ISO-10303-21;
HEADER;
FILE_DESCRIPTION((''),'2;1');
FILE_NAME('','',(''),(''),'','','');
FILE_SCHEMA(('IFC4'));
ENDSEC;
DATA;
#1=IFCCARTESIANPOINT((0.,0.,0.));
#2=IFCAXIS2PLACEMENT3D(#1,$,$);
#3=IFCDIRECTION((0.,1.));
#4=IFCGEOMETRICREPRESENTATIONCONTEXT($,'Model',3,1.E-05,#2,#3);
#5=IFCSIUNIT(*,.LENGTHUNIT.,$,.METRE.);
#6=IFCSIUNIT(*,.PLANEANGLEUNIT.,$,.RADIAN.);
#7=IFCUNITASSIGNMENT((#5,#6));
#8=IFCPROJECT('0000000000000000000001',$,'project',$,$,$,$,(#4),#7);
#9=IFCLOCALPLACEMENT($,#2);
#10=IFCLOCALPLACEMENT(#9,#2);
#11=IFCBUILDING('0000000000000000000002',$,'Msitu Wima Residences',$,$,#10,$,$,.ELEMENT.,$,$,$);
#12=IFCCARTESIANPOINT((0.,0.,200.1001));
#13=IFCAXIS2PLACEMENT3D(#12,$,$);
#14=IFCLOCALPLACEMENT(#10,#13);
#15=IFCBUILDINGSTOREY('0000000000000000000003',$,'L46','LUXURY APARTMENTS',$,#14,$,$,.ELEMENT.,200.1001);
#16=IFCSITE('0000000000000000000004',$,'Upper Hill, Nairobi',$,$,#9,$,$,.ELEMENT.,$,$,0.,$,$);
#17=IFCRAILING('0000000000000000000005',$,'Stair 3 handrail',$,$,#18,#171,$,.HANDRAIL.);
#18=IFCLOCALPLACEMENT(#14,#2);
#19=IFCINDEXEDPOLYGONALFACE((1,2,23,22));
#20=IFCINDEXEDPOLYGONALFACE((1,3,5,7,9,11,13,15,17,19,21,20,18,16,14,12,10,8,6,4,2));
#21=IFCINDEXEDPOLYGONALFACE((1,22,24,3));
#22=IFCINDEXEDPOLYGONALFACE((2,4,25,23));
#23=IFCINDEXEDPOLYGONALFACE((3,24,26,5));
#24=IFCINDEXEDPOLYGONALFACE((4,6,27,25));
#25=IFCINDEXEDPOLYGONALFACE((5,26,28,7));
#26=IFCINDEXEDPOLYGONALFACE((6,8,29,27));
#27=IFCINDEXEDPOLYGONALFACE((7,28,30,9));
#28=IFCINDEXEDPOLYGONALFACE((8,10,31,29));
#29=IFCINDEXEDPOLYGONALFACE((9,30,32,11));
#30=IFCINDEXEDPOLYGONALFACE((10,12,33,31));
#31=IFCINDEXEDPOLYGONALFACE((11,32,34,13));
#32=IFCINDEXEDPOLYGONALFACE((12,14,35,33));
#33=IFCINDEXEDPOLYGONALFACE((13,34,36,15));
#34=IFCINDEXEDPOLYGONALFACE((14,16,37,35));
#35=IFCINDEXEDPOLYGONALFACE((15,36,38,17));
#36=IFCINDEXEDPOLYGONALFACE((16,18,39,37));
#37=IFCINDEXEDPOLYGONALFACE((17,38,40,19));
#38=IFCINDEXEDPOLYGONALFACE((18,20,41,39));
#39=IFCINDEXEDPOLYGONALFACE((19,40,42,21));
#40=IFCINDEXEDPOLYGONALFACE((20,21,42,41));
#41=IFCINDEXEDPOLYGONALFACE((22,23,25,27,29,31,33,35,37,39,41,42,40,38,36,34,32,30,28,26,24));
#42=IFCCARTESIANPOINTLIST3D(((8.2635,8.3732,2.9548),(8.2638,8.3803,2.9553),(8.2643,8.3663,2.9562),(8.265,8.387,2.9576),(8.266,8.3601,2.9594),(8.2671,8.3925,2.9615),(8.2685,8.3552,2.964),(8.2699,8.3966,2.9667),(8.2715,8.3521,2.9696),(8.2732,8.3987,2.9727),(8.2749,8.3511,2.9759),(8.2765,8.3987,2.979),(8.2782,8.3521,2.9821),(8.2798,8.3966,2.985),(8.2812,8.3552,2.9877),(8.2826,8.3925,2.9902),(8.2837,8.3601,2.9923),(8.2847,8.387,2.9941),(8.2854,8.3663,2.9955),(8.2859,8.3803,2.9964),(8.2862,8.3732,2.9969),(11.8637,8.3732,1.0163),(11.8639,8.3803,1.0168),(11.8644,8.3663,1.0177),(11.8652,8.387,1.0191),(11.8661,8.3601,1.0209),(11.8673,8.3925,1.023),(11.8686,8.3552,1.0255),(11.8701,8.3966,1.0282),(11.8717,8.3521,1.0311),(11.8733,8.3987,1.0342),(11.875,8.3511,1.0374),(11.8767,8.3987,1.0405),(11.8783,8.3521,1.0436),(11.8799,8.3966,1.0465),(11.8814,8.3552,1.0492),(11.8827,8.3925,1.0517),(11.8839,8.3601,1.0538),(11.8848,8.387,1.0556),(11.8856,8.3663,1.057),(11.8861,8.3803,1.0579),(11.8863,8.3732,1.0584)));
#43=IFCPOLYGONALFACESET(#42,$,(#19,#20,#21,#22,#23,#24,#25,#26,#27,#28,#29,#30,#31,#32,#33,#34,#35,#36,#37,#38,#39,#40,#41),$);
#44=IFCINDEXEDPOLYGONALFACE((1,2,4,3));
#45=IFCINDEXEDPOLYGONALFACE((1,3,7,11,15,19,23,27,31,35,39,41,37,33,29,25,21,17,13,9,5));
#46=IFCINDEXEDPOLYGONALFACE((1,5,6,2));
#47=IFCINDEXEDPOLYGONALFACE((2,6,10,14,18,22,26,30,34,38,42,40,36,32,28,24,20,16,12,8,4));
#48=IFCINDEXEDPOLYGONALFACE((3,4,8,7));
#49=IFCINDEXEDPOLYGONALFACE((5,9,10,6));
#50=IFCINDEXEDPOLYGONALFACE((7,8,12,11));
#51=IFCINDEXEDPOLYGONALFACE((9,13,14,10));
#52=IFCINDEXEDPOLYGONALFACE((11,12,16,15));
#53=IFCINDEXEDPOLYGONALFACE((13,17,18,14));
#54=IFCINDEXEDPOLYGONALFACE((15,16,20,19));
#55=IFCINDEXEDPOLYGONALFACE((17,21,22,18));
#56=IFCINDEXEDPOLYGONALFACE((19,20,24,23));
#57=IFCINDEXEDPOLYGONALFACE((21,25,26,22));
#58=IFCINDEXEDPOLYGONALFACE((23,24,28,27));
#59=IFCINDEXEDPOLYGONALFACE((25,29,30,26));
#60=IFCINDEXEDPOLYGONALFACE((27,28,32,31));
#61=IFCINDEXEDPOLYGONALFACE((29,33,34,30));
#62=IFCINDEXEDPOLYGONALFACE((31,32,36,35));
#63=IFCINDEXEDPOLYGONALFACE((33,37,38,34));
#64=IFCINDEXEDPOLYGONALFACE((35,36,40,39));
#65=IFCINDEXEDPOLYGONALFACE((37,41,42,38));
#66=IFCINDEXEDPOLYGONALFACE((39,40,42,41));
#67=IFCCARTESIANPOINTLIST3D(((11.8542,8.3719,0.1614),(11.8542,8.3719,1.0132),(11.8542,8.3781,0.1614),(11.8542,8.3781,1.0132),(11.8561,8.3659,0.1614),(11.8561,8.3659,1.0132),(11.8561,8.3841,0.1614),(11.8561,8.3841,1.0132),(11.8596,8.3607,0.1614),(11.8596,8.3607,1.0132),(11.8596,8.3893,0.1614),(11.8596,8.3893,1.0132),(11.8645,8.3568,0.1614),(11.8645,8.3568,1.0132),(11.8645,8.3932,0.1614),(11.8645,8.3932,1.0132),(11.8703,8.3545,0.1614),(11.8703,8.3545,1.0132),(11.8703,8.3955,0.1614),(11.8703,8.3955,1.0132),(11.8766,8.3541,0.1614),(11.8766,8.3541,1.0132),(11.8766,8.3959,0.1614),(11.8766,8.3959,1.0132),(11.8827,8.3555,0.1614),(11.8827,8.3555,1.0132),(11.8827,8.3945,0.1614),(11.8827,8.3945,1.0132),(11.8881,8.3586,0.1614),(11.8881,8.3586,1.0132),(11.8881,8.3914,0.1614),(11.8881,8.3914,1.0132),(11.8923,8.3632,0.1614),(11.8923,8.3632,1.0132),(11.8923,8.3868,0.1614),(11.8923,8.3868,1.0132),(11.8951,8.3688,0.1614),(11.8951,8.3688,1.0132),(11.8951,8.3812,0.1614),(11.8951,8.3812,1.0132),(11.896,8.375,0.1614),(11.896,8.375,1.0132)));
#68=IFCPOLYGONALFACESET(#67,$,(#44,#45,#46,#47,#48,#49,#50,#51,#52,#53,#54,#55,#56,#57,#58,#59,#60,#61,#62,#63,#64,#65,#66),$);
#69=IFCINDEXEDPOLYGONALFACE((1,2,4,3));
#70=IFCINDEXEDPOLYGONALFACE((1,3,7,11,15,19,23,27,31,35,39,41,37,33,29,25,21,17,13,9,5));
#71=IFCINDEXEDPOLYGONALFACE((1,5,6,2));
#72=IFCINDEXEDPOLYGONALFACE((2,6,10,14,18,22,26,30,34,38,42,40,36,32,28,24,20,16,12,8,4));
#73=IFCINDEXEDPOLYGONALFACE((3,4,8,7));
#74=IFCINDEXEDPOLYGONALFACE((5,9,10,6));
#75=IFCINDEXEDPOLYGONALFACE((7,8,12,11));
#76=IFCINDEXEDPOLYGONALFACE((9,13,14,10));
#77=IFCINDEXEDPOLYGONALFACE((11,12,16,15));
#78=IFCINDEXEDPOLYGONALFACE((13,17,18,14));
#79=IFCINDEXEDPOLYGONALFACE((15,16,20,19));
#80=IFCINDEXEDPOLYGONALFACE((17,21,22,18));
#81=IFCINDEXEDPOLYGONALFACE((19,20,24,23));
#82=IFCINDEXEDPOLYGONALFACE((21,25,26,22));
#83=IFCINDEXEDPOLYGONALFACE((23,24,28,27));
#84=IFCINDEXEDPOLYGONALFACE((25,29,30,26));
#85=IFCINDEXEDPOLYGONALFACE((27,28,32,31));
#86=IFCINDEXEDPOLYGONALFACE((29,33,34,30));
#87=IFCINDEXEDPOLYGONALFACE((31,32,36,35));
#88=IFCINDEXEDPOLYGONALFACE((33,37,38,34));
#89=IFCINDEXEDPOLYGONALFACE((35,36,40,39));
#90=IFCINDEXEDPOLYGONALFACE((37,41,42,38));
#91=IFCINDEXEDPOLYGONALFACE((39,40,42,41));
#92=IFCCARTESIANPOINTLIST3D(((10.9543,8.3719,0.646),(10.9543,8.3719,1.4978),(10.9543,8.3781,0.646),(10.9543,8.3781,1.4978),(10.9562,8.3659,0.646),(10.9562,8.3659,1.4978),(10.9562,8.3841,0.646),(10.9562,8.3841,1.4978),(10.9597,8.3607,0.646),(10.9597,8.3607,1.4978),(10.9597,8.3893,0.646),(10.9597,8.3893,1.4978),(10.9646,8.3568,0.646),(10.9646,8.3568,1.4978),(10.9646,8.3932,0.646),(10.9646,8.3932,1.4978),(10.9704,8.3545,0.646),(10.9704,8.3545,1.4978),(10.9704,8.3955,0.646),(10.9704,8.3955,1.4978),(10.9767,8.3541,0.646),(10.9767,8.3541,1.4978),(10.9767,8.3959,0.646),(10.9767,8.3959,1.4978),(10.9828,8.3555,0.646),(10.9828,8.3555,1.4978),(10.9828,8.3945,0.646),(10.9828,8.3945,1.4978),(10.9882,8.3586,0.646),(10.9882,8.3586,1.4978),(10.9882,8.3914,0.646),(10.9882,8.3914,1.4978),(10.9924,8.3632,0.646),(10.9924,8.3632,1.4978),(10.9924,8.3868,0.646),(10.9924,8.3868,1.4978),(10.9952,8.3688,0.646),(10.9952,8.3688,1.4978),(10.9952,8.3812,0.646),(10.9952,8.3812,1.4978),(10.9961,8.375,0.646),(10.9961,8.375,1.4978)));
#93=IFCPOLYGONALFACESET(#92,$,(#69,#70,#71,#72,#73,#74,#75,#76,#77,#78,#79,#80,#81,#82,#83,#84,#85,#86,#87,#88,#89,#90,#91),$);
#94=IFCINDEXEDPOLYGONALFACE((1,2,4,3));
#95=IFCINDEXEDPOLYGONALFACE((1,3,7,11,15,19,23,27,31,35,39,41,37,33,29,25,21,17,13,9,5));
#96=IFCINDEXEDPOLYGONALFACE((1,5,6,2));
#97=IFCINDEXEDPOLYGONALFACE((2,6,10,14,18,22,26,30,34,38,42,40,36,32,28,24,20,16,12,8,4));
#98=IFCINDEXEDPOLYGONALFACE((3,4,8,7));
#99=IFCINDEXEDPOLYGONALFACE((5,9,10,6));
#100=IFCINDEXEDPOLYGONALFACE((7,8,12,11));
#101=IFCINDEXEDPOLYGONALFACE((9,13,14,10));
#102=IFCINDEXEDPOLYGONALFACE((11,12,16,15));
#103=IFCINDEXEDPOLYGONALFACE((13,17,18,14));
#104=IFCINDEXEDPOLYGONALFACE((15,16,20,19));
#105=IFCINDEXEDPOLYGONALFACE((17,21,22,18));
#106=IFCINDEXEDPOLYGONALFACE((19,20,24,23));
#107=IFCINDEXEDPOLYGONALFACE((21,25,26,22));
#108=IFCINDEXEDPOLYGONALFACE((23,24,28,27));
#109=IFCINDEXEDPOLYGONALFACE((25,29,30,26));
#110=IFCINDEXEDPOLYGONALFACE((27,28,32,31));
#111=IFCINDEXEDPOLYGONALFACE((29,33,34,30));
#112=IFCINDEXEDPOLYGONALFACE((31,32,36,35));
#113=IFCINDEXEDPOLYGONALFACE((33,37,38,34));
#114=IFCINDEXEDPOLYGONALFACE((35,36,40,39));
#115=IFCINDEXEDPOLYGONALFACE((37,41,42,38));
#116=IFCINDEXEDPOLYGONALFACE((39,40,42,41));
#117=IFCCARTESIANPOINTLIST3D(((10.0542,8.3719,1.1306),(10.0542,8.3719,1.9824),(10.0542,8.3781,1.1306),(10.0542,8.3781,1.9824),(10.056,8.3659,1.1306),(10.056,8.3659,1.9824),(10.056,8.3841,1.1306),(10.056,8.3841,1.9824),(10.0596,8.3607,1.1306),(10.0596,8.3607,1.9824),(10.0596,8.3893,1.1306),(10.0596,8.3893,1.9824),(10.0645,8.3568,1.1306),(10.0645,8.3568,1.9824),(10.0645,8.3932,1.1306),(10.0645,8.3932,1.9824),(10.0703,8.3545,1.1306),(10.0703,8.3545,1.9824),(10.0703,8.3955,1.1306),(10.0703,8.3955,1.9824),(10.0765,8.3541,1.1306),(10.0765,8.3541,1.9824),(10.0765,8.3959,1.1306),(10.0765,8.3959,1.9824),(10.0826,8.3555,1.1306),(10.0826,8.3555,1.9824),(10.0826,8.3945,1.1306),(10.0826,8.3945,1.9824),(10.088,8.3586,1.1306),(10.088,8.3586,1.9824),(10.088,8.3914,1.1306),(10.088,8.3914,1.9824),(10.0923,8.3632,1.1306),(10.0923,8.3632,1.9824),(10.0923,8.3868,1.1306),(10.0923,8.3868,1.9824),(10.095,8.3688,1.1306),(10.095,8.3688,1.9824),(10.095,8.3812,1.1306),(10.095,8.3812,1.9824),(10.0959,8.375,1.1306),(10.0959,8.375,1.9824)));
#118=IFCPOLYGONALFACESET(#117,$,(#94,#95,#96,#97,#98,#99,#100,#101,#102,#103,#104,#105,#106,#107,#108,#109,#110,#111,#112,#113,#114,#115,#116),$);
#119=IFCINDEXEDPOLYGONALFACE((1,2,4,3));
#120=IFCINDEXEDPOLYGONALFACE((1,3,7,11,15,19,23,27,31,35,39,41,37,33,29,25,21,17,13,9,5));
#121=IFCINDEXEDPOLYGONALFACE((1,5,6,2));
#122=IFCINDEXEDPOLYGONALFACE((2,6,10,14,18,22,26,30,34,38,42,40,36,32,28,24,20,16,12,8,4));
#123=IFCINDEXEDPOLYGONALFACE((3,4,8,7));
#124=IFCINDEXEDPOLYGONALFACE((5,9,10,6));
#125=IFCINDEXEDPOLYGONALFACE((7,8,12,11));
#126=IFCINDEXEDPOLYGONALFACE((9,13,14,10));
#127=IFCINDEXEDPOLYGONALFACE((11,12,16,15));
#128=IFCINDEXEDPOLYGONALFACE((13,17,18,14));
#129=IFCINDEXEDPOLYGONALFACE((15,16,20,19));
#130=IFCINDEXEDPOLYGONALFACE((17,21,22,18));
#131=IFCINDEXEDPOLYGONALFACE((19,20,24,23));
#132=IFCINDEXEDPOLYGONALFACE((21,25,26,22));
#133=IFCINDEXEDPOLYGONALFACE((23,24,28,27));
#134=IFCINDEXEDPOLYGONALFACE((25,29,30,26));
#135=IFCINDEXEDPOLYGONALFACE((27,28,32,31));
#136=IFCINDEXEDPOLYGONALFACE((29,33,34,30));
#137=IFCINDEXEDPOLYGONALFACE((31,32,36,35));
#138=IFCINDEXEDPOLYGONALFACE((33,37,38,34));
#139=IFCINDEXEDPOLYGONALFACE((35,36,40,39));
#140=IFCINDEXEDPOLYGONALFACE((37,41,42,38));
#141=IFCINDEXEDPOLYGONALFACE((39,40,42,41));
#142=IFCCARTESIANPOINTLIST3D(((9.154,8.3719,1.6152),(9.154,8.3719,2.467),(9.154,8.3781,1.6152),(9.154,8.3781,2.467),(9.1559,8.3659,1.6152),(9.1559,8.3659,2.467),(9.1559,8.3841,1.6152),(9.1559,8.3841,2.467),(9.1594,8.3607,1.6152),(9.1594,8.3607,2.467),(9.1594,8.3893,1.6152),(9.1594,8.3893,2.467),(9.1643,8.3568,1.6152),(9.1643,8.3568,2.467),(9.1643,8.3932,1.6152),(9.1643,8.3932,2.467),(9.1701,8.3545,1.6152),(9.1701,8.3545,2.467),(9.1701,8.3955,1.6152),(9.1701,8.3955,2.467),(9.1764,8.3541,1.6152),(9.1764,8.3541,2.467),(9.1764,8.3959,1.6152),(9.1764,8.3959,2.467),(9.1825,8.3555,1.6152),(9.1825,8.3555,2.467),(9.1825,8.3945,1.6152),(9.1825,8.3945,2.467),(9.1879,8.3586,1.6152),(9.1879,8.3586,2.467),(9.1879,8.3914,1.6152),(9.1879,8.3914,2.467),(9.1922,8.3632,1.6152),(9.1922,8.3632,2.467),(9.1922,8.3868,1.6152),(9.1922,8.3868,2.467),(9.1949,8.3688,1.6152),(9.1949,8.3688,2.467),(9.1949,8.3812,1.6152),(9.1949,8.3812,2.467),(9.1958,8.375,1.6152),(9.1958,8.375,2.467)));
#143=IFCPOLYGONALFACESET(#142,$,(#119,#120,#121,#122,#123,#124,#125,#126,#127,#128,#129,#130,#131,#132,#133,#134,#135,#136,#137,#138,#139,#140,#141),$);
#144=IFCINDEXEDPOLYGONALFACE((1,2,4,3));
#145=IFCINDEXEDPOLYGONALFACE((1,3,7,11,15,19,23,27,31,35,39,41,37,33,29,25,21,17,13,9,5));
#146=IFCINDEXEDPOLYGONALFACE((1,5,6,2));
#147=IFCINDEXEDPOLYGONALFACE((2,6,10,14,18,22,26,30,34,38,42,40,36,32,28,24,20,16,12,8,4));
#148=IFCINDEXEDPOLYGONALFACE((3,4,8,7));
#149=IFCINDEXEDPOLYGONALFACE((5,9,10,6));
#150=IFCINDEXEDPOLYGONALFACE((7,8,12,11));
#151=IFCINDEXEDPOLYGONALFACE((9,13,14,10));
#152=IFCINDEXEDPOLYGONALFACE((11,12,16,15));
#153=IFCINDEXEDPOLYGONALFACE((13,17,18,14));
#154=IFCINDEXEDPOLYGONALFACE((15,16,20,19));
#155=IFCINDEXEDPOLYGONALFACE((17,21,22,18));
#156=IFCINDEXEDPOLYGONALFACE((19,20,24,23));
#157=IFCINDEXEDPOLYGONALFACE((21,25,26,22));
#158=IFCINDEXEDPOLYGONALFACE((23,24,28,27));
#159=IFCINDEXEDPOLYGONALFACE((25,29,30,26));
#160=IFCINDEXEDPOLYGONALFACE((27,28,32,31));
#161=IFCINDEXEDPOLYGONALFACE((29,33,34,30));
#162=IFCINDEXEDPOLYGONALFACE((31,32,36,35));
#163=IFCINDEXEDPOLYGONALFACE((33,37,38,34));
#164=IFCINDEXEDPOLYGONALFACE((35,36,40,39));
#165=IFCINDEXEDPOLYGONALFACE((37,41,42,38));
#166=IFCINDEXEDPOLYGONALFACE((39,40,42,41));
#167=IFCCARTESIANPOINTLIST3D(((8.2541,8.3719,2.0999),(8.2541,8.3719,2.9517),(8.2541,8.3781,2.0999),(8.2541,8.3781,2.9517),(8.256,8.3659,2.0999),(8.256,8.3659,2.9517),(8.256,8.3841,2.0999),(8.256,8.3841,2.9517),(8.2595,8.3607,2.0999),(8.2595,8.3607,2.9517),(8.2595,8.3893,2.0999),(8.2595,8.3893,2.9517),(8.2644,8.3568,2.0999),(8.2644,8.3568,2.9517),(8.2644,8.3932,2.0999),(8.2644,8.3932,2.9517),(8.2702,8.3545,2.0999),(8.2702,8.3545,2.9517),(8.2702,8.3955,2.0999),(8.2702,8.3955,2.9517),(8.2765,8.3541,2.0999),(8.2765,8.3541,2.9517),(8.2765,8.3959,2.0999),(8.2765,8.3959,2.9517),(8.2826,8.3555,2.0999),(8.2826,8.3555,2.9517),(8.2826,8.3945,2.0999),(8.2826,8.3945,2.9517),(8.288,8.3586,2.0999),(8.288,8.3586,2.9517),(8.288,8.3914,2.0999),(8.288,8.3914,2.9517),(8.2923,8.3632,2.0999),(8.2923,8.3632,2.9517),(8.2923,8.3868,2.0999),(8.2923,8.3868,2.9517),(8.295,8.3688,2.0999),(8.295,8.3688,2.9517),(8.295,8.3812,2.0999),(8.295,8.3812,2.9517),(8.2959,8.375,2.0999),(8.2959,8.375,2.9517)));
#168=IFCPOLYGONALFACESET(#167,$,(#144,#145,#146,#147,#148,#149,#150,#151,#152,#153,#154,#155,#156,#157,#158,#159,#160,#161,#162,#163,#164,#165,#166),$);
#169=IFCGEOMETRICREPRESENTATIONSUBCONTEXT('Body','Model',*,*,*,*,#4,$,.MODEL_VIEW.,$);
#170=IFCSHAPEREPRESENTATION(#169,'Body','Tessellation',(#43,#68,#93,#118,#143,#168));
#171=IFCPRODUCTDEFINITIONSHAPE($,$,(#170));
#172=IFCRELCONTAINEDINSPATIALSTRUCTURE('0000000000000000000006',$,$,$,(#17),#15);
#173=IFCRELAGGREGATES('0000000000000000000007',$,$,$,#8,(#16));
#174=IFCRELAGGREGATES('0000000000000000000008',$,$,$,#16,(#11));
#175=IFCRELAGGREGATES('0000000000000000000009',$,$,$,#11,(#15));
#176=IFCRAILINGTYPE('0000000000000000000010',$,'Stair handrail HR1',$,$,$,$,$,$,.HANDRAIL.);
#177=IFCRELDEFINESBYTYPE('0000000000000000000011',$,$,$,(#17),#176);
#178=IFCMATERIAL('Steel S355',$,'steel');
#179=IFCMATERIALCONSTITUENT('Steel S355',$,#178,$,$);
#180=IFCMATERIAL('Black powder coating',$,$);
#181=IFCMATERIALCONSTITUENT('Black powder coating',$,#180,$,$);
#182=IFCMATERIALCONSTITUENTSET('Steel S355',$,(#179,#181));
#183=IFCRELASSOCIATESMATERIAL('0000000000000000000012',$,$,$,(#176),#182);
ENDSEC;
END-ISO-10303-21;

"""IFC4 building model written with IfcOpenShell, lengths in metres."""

from ifc_helpers import new_model, si_unit, direction, frame, origin, origin_2d, place, context, subcontext, project, spatial, circle, extrude, material, constituent, constituent_set, type_object, element, save


model = new_model("IFC4")

# Units and contexts
model_context = context("Model", 3, precision=1e-05, world=origin(), true_north=direction((0.0, 1.0)))
body_context = subcontext(model_context, "Body", "Model", "MODEL_VIEW")
ifc_project = project(units=[si_unit("LENGTHUNIT", "METRE"), si_unit("PLANEANGLEUNIT", "RADIAN")], contexts=[model_context])

# Site, building, storey
site_placement = place(None, origin())
site = spatial("IfcSite", under=ifc_project, at=site_placement, Name="Upper Hill, Nairobi", CompositionType="ELEMENT", RefElevation=0.0)
building_placement = place(site_placement, origin())
building = spatial("IfcBuilding", under=site, at=building_placement, Name="Msitu Wima Residences", CompositionType="ELEMENT")
storey_placement = place(building_placement, frame((0.0, 0.0, 200.1001)))
storey = spatial("IfcBuildingStorey", under=building, at=storey_placement, Name="L46", Description="LUXURY APARTMENTS", CompositionType="ELEMENT", Elevation=200.1001)

# Railing
ifc_material_1 = material(Name="Steel S355", Category="steel")
ifc_constituent_1 = constituent(ifc_material_1, Name="Steel S355")
ifc_material_2 = material(Name="Black powder coating")
ifc_constituent_2 = constituent(ifc_material_2, Name="Black powder coating")
ifc_constituent_set = constituent_set(constituents=[ifc_constituent_1, ifc_constituent_2], Name="Steel S355")
railing_type = type_object("IfcRailingType", Name="Stair handrail HR1", PredefinedType="HANDRAIL", material=ifc_constituent_set)
for number, where, name in (
    (1, (11.875, 8.375, 0.1614), "Stair 3 handrail"),
):
    element("IfcRailing", number, at=place(storey_placement, frame(where)), inside=storey, type_object=railing_type, Name=name, PredefinedType="HANDRAIL", context=body_context, shape_type="SweptSolid", body=[
        extrude(circle(Radius=0.0239, at=origin_2d()), frame((0.0, 0.0, 0.876), z_axis=(-0.880475, 0.0, 0.474093), x_axis=(0.0, -1.0, 0.0)), (0.0, 0.0, 1.0), 4.0889),
        extrude(circle(Radius=0.021, at=origin_2d()), origin(), (0.0, 0.0, 1.0), 0.8518),
        extrude(circle(Radius=0.021, at=origin_2d()), frame((-0.8999, 0.0, 0.4846)), (0.0, 0.0, 1.0), 0.8518),
        extrude(circle(Radius=0.021, at=origin_2d()), frame((-1.8, 0.0, 0.9692)), (0.0, 0.0, 1.0), 0.8518),
        extrude(circle(Radius=0.021, at=origin_2d()), frame((-2.7002, 0.0, 1.4539)), (0.0, 0.0, 1.0), 0.8518),
        extrude(circle(Radius=0.021, at=origin_2d()), frame((-3.6001, 0.0, 1.9385)), (0.0, 0.0, 1.0), 0.8518),
    ])

save(model, "model.ifc")
